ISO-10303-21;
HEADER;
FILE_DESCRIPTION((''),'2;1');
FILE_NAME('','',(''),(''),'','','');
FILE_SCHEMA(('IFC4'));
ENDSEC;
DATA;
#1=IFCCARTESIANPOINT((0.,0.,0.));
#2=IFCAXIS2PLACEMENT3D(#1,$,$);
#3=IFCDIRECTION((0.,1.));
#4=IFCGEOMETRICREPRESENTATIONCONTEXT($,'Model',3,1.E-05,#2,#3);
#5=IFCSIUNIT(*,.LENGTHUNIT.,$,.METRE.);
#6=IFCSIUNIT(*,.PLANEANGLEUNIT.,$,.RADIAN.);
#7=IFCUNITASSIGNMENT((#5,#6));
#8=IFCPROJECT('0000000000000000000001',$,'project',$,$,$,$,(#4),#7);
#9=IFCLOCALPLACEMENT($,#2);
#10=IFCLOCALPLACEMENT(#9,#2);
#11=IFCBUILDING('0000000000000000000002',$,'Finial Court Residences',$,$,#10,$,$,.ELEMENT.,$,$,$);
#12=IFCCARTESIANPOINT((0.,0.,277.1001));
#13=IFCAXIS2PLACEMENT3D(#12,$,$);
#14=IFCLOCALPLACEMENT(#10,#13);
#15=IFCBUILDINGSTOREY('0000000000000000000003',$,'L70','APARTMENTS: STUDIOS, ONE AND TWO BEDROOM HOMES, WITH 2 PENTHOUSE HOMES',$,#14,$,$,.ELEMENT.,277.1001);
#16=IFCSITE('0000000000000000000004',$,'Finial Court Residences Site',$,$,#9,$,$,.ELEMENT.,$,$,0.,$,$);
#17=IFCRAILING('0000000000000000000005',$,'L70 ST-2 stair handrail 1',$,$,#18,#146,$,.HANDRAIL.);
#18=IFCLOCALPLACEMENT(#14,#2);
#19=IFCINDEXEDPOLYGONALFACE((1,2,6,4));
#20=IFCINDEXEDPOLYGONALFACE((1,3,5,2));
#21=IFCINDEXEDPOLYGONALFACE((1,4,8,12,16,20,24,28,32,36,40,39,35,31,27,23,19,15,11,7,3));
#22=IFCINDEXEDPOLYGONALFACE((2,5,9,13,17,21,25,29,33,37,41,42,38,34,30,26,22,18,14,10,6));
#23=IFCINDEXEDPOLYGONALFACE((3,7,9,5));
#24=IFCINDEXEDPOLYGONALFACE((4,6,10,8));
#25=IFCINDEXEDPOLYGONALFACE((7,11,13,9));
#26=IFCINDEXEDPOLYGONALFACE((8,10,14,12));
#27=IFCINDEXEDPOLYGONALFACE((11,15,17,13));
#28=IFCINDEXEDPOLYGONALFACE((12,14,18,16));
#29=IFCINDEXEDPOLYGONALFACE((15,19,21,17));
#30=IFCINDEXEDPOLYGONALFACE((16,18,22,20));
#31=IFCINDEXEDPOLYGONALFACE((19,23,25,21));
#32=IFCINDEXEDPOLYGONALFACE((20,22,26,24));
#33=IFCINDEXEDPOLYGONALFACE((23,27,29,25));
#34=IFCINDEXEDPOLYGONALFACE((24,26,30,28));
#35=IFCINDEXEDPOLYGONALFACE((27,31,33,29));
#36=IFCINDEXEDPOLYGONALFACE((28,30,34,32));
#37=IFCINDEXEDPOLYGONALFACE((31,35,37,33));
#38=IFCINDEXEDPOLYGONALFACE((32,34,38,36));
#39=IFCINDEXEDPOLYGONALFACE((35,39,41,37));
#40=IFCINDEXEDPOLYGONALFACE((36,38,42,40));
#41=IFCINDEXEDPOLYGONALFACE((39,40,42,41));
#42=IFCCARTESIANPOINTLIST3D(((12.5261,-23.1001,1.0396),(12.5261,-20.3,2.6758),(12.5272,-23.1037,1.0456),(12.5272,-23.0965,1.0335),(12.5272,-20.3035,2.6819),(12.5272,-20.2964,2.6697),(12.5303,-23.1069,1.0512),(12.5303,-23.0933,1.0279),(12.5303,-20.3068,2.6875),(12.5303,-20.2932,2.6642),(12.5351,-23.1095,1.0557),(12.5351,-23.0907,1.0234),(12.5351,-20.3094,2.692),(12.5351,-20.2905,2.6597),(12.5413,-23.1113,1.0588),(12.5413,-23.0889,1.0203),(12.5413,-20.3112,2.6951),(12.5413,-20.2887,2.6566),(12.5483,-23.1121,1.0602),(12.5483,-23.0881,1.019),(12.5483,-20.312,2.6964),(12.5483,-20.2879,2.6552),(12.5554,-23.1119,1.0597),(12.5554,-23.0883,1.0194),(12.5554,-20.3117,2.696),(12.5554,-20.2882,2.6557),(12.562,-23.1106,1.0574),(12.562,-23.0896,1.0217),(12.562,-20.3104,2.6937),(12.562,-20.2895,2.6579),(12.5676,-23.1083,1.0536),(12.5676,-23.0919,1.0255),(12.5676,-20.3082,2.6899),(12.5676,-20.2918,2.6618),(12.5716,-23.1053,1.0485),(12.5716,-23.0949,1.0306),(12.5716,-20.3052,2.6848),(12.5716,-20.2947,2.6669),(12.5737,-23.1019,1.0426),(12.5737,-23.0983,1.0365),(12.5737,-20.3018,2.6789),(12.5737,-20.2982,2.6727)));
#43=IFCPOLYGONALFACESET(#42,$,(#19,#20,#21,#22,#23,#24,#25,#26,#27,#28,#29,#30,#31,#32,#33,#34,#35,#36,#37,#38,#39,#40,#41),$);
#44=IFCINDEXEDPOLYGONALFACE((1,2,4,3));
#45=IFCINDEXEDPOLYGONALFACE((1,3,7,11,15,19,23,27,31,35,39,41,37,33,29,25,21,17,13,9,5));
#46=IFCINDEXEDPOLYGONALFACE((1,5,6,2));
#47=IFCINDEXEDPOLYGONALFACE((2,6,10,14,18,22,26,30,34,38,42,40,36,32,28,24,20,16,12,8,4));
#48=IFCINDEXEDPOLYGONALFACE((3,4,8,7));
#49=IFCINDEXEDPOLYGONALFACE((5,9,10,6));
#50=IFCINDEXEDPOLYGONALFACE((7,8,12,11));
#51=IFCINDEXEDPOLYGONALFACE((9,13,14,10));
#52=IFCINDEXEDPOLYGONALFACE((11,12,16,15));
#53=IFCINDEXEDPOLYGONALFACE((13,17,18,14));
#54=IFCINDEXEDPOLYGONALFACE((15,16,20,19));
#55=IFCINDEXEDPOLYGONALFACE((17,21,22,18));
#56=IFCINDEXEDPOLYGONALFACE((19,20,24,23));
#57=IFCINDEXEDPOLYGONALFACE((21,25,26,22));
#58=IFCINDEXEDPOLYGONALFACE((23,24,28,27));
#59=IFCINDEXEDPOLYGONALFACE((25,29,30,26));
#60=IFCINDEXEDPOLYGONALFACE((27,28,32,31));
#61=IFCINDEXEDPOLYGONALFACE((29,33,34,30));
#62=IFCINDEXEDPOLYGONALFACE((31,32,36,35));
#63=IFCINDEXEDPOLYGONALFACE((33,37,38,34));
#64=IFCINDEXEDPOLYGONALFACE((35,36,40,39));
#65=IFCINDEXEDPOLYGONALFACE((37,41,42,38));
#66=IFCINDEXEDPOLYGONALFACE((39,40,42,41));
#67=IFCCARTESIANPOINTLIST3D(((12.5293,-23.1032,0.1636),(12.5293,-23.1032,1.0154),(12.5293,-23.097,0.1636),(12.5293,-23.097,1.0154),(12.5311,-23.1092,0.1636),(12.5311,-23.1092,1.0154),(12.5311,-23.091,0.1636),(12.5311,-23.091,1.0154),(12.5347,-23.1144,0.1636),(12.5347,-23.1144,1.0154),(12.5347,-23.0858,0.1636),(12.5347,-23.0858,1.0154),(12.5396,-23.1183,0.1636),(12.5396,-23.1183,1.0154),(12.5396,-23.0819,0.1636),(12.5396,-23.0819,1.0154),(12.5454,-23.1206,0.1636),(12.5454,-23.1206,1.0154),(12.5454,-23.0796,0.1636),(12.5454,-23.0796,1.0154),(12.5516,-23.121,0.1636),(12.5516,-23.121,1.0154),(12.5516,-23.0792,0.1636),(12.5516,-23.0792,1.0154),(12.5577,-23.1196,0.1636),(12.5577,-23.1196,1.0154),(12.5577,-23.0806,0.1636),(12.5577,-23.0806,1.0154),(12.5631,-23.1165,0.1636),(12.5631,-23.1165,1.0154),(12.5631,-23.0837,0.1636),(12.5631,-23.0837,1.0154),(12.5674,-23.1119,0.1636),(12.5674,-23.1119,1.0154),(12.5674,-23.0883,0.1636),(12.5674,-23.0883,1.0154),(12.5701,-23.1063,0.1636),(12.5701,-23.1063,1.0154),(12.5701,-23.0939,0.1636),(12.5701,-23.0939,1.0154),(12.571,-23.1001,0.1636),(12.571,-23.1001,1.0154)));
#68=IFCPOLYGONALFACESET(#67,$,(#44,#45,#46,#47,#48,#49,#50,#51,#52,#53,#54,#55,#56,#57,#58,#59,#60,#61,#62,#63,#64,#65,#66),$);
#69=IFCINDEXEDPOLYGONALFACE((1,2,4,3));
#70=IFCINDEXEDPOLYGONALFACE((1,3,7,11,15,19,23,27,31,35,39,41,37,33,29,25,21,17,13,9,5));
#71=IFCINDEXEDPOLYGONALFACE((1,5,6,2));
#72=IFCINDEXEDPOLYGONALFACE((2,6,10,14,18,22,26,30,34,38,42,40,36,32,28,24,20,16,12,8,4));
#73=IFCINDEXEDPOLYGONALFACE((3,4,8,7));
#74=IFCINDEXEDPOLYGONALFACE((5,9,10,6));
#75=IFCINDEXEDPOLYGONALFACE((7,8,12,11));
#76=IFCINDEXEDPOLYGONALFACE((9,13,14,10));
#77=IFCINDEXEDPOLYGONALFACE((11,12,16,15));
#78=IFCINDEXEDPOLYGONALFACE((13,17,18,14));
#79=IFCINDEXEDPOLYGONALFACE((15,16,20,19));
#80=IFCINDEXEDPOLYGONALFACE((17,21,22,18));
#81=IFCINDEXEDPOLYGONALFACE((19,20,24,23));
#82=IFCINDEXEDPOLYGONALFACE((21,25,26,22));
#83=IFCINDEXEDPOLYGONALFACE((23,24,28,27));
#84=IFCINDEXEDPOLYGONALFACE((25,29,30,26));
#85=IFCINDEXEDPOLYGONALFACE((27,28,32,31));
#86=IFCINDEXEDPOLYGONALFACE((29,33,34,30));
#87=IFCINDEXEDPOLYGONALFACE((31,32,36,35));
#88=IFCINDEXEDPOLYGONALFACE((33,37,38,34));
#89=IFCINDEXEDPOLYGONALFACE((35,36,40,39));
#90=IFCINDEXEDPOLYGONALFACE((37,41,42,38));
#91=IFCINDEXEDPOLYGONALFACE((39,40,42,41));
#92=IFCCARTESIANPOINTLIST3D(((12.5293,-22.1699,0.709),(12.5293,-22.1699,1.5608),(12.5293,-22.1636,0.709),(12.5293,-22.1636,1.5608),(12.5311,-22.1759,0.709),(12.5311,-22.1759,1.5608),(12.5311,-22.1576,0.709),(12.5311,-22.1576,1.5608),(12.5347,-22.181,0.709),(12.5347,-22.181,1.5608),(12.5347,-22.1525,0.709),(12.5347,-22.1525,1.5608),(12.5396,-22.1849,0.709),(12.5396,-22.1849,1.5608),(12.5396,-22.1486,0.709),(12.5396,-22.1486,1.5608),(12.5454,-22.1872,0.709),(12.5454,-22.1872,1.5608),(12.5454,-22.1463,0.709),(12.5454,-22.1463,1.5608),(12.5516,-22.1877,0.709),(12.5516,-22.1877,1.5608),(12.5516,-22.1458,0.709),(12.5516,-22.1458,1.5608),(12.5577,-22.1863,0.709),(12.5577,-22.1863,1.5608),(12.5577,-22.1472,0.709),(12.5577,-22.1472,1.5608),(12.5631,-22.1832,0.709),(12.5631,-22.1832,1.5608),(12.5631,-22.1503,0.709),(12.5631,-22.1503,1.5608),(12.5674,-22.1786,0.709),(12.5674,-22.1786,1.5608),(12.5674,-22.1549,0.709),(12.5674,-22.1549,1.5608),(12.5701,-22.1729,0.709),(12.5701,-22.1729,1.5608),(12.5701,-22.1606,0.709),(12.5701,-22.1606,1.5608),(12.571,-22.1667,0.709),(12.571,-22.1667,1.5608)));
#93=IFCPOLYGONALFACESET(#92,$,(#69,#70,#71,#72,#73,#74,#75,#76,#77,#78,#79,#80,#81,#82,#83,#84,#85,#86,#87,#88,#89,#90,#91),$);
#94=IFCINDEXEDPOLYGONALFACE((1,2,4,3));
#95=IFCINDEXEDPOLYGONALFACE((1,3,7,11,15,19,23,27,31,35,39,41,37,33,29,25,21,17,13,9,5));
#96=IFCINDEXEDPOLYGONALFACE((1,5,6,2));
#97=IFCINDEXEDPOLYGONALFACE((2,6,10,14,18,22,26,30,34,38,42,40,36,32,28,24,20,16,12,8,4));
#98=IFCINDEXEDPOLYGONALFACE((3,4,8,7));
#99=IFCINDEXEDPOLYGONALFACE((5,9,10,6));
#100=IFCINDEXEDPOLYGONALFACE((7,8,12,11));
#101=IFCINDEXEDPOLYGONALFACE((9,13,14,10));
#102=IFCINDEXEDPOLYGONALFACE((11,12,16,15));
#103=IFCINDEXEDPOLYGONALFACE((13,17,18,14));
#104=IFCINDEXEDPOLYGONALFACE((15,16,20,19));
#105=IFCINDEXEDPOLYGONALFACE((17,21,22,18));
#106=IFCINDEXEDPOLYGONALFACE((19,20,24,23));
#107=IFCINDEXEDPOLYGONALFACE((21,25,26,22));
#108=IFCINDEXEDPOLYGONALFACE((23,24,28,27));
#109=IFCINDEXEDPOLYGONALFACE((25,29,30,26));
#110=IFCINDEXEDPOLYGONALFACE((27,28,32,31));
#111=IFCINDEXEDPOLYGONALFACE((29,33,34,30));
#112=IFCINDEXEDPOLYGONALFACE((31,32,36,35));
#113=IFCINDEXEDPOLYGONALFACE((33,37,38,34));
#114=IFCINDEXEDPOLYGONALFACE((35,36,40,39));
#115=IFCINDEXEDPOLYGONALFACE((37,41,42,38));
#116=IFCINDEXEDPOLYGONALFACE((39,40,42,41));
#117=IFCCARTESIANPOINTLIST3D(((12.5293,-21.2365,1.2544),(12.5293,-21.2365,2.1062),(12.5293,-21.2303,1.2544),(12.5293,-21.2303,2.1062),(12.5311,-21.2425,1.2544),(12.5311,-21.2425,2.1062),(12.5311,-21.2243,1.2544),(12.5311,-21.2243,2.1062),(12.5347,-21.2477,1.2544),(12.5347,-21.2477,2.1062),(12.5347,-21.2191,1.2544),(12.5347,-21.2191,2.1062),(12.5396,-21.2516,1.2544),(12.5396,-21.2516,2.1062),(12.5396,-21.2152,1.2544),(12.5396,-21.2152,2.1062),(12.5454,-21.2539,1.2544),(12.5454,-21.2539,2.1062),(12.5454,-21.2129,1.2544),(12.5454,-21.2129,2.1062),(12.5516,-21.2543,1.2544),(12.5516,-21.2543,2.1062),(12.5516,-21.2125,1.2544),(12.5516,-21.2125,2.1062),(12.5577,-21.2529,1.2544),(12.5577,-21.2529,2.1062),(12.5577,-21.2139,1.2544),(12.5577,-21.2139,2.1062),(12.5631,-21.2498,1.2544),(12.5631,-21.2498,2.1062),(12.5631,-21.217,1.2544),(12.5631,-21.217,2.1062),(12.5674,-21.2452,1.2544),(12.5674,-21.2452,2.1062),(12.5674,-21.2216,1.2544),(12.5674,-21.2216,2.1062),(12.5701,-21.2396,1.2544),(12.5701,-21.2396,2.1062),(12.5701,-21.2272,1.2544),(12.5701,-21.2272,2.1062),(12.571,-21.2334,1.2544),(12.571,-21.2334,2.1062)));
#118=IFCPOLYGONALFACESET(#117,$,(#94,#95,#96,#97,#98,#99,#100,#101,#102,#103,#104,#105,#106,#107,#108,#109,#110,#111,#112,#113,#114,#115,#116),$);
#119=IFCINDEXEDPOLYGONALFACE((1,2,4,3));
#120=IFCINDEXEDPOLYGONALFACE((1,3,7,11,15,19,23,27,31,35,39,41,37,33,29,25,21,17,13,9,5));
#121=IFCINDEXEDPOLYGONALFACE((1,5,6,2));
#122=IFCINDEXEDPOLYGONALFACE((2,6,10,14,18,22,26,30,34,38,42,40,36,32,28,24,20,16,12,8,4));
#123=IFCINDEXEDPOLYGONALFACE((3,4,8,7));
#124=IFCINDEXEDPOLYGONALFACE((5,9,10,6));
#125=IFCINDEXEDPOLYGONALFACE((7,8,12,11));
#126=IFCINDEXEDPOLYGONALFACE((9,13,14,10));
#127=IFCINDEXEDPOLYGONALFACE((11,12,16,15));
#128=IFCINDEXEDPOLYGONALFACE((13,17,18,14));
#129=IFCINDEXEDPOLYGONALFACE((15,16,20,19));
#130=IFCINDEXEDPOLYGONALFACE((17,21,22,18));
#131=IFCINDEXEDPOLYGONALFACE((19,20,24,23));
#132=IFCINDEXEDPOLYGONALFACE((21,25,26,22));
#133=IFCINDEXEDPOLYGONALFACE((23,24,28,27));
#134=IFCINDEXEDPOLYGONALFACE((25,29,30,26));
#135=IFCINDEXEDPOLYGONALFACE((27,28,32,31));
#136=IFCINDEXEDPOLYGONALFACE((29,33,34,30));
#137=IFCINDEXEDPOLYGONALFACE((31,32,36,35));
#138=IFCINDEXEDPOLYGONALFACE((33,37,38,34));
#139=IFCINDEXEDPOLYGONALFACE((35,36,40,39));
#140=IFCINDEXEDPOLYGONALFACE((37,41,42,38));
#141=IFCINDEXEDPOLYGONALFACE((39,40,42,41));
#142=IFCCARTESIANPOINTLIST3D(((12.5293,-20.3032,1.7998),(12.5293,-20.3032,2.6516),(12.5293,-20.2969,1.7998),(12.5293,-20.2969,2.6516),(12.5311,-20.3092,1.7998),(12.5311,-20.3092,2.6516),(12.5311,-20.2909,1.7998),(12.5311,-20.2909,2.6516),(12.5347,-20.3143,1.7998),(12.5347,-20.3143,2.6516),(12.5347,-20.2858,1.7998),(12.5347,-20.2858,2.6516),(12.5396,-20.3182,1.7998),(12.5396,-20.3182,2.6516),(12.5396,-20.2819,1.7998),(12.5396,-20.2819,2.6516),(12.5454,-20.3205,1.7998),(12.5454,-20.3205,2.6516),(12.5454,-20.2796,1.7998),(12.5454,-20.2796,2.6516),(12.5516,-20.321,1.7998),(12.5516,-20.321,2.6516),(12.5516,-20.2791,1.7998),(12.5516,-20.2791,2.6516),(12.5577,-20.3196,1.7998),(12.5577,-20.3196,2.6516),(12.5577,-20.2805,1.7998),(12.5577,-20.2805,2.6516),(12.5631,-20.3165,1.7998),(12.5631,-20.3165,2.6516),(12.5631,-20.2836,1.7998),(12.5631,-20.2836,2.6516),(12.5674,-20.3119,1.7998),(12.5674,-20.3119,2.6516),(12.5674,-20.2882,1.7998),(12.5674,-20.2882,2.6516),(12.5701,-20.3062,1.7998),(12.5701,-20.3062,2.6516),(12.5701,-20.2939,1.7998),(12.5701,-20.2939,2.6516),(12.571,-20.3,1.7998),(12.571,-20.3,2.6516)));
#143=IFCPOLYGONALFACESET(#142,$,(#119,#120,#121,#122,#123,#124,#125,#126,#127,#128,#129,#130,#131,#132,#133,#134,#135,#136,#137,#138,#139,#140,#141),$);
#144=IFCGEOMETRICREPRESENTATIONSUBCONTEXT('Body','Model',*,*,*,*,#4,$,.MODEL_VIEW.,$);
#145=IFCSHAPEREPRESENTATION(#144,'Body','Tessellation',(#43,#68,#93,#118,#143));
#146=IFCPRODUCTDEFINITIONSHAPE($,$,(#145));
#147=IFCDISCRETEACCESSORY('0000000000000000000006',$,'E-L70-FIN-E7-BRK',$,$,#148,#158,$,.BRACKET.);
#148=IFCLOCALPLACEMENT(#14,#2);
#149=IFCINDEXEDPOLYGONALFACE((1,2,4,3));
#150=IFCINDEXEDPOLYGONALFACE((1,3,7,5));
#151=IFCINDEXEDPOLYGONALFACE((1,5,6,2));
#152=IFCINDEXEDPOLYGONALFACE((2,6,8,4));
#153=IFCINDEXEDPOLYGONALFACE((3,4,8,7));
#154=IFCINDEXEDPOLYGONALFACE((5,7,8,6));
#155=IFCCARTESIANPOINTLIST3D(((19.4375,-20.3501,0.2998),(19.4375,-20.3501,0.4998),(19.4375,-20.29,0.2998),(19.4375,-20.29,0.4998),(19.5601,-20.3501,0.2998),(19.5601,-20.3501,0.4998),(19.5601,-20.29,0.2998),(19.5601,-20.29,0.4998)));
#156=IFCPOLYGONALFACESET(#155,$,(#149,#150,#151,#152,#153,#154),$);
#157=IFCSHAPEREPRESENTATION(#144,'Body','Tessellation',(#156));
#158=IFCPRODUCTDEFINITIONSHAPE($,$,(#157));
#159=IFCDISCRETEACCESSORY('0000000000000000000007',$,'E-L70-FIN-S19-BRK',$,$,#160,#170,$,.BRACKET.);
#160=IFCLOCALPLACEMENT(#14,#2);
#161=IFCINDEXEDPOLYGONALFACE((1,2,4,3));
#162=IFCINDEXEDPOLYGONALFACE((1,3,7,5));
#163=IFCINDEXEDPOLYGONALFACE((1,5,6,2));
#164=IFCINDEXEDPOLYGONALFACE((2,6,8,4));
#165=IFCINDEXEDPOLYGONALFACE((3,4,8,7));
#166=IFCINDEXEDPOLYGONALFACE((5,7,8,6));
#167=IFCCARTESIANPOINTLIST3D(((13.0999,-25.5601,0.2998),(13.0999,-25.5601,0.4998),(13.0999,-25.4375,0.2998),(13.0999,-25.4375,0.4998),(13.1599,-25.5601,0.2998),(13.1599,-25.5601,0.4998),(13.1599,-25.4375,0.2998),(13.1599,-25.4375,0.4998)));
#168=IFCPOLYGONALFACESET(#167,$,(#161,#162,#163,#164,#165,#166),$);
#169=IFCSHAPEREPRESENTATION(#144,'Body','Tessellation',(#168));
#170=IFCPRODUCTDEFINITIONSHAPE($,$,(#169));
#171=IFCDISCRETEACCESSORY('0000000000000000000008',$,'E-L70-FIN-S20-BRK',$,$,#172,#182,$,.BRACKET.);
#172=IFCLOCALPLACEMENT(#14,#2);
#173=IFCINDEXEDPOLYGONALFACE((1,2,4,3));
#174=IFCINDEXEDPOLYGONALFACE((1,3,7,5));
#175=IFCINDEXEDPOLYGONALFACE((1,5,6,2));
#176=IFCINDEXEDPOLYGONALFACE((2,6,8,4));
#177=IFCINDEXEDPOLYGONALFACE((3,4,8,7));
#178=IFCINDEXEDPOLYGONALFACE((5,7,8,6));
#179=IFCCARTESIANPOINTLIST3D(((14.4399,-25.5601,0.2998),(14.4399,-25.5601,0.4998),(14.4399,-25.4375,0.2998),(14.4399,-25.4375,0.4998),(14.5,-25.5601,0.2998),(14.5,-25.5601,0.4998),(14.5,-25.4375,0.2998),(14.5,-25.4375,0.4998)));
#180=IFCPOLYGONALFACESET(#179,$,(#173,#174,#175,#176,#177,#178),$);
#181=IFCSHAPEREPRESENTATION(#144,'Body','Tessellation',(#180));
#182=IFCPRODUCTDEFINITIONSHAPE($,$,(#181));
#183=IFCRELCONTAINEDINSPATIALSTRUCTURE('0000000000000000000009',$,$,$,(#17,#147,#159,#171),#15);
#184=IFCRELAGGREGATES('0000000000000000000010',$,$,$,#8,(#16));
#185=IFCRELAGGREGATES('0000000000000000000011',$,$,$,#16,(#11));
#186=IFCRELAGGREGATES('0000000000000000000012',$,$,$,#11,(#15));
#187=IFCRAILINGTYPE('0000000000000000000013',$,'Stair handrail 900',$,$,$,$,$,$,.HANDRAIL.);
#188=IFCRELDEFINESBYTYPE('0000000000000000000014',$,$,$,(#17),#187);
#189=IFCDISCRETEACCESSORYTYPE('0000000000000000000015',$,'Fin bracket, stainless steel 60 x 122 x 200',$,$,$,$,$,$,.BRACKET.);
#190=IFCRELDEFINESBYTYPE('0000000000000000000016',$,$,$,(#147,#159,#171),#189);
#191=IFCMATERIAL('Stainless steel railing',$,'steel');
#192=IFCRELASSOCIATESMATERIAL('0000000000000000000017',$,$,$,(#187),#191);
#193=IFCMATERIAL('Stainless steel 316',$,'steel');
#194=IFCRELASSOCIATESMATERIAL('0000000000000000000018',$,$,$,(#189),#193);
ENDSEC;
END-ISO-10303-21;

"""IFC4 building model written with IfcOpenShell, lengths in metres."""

from ifc_helpers import new_model, si_unit, direction, frame, origin, origin_2d, place, context, subcontext, project, spatial, rectangle, circle, extrude, material, type_object, element, save


model = new_model("IFC4")

# Units and contexts
model_context = context("Model", 3, precision=1e-05, world=origin(), true_north=direction((0.0, 1.0)))
body_context = subcontext(model_context, "Body", "Model", "MODEL_VIEW")
ifc_project = project(units=[si_unit("LENGTHUNIT", "METRE"), si_unit("PLANEANGLEUNIT", "RADIAN")], contexts=[model_context])

# Site, building, storey
site_placement = place(None, origin())
site = spatial("IfcSite", under=ifc_project, at=site_placement, Name="Finial Court Residences Site", CompositionType="ELEMENT", RefElevation=0.0)
building_placement = place(site_placement, origin())
building = spatial("IfcBuilding", under=site, at=building_placement, Name="Finial Court Residences", CompositionType="ELEMENT")
storey_placement = place(building_placement, frame((0.0, 0.0, 277.1001)))
storey = spatial("IfcBuildingStorey", under=building, at=storey_placement, Name="L70", Description="APARTMENTS: STUDIOS, ONE AND TWO BEDROOM HOMES, WITH 2 PENTHOUSE HOMES", CompositionType="ELEMENT", Elevation=277.1001)

# Railing
ifc_material_1 = material(Name="Stainless steel railing", Category="steel")
railing_type = type_object("IfcRailingType", Name="Stair handrail 900", PredefinedType="HANDRAIL", material=ifc_material_1)
railing_placement = place(storey_placement, frame((12.55, -23.1001, 0.1636)))
element("IfcRailing", 1, at=railing_placement, inside=storey, type_object=railing_type, Name="L70 ST-2 stair handrail 1", PredefinedType="HANDRAIL", context=body_context, shape_type="SweptSolid", body=[
    extrude(circle(Radius=0.0239, at=origin_2d()), frame((0.0, 0.0, 0.876), z_axis=(0.0, 0.863394, 0.504531), x_axis=(-1.0, 0.0, 0.0)), (0.0, 0.0, 1.0), 3.2432),
    extrude(circle(Radius=0.021, at=origin_2d()), origin(), (0.0, 0.0, 1.0), 0.8518),
    extrude(circle(Radius=0.021, at=origin_2d()), frame((0.0, 0.9333, 0.5454)), (0.0, 0.0, 1.0), 0.8518),
    extrude(circle(Radius=0.021, at=origin_2d()), frame((0.0, 1.8667, 1.0908)), (0.0, 0.0, 1.0), 0.8518),
    extrude(circle(Radius=0.021, at=origin_2d()), frame((0.0, 2.8, 1.6362)), (0.0, 0.0, 1.0), 0.8518),
])

# Discrete accessories
ifc_material_2 = material(Name="Stainless steel 316", Category="steel")
discrete_accessory_type = type_object("IfcDiscreteAccessoryType", Name="Fin bracket, stainless steel 60 x 122 x 200", PredefinedType="BRACKET", material=ifc_material_2)
discrete_accessory_placement = place(storey_placement, frame((19.4988, -20.3201, 0.2998), z_axis=(0.0, 0.0, 1.0), x_axis=(1.0, 0.0, 0.0)))
element("IfcDiscreteAccessory", 2, at=discrete_accessory_placement, inside=storey, type_object=discrete_accessory_type, Name="E-L70-FIN-E7-BRK", PredefinedType="BRACKET", context=body_context, shape_type="SweptSolid", body=[
    extrude(rectangle(XDim=0.1226, YDim=0.0601, at=origin_2d()), origin(), (0.0, 0.0, 1.0), 0.2),
])
for number, where, z_axis, x_axis, name in (
    (3, (13.1299, -25.4988, 0.2998), (0.0, 0.0, 1.0), (1.0, 0.0, 0.0), "E-L70-FIN-S19-BRK"),
    (4, (14.47, -25.4988, 0.2998), (0.0, 0.0, 1.0), (1.0, 0.0, 0.0), "E-L70-FIN-S20-BRK"),
):
    element("IfcDiscreteAccessory", number, at=place(storey_placement, frame(where, z_axis=z_axis, x_axis=x_axis)), inside=storey, type_object=discrete_accessory_type, Name=name, PredefinedType="BRACKET", context=body_context, shape_type="SweptSolid", body=[
        extrude(rectangle(XDim=0.0601, YDim=0.1226, at=origin_2d()), origin(), (0.0, 0.0, 1.0), 0.2),
    ])

save(model, "model.ifc")
